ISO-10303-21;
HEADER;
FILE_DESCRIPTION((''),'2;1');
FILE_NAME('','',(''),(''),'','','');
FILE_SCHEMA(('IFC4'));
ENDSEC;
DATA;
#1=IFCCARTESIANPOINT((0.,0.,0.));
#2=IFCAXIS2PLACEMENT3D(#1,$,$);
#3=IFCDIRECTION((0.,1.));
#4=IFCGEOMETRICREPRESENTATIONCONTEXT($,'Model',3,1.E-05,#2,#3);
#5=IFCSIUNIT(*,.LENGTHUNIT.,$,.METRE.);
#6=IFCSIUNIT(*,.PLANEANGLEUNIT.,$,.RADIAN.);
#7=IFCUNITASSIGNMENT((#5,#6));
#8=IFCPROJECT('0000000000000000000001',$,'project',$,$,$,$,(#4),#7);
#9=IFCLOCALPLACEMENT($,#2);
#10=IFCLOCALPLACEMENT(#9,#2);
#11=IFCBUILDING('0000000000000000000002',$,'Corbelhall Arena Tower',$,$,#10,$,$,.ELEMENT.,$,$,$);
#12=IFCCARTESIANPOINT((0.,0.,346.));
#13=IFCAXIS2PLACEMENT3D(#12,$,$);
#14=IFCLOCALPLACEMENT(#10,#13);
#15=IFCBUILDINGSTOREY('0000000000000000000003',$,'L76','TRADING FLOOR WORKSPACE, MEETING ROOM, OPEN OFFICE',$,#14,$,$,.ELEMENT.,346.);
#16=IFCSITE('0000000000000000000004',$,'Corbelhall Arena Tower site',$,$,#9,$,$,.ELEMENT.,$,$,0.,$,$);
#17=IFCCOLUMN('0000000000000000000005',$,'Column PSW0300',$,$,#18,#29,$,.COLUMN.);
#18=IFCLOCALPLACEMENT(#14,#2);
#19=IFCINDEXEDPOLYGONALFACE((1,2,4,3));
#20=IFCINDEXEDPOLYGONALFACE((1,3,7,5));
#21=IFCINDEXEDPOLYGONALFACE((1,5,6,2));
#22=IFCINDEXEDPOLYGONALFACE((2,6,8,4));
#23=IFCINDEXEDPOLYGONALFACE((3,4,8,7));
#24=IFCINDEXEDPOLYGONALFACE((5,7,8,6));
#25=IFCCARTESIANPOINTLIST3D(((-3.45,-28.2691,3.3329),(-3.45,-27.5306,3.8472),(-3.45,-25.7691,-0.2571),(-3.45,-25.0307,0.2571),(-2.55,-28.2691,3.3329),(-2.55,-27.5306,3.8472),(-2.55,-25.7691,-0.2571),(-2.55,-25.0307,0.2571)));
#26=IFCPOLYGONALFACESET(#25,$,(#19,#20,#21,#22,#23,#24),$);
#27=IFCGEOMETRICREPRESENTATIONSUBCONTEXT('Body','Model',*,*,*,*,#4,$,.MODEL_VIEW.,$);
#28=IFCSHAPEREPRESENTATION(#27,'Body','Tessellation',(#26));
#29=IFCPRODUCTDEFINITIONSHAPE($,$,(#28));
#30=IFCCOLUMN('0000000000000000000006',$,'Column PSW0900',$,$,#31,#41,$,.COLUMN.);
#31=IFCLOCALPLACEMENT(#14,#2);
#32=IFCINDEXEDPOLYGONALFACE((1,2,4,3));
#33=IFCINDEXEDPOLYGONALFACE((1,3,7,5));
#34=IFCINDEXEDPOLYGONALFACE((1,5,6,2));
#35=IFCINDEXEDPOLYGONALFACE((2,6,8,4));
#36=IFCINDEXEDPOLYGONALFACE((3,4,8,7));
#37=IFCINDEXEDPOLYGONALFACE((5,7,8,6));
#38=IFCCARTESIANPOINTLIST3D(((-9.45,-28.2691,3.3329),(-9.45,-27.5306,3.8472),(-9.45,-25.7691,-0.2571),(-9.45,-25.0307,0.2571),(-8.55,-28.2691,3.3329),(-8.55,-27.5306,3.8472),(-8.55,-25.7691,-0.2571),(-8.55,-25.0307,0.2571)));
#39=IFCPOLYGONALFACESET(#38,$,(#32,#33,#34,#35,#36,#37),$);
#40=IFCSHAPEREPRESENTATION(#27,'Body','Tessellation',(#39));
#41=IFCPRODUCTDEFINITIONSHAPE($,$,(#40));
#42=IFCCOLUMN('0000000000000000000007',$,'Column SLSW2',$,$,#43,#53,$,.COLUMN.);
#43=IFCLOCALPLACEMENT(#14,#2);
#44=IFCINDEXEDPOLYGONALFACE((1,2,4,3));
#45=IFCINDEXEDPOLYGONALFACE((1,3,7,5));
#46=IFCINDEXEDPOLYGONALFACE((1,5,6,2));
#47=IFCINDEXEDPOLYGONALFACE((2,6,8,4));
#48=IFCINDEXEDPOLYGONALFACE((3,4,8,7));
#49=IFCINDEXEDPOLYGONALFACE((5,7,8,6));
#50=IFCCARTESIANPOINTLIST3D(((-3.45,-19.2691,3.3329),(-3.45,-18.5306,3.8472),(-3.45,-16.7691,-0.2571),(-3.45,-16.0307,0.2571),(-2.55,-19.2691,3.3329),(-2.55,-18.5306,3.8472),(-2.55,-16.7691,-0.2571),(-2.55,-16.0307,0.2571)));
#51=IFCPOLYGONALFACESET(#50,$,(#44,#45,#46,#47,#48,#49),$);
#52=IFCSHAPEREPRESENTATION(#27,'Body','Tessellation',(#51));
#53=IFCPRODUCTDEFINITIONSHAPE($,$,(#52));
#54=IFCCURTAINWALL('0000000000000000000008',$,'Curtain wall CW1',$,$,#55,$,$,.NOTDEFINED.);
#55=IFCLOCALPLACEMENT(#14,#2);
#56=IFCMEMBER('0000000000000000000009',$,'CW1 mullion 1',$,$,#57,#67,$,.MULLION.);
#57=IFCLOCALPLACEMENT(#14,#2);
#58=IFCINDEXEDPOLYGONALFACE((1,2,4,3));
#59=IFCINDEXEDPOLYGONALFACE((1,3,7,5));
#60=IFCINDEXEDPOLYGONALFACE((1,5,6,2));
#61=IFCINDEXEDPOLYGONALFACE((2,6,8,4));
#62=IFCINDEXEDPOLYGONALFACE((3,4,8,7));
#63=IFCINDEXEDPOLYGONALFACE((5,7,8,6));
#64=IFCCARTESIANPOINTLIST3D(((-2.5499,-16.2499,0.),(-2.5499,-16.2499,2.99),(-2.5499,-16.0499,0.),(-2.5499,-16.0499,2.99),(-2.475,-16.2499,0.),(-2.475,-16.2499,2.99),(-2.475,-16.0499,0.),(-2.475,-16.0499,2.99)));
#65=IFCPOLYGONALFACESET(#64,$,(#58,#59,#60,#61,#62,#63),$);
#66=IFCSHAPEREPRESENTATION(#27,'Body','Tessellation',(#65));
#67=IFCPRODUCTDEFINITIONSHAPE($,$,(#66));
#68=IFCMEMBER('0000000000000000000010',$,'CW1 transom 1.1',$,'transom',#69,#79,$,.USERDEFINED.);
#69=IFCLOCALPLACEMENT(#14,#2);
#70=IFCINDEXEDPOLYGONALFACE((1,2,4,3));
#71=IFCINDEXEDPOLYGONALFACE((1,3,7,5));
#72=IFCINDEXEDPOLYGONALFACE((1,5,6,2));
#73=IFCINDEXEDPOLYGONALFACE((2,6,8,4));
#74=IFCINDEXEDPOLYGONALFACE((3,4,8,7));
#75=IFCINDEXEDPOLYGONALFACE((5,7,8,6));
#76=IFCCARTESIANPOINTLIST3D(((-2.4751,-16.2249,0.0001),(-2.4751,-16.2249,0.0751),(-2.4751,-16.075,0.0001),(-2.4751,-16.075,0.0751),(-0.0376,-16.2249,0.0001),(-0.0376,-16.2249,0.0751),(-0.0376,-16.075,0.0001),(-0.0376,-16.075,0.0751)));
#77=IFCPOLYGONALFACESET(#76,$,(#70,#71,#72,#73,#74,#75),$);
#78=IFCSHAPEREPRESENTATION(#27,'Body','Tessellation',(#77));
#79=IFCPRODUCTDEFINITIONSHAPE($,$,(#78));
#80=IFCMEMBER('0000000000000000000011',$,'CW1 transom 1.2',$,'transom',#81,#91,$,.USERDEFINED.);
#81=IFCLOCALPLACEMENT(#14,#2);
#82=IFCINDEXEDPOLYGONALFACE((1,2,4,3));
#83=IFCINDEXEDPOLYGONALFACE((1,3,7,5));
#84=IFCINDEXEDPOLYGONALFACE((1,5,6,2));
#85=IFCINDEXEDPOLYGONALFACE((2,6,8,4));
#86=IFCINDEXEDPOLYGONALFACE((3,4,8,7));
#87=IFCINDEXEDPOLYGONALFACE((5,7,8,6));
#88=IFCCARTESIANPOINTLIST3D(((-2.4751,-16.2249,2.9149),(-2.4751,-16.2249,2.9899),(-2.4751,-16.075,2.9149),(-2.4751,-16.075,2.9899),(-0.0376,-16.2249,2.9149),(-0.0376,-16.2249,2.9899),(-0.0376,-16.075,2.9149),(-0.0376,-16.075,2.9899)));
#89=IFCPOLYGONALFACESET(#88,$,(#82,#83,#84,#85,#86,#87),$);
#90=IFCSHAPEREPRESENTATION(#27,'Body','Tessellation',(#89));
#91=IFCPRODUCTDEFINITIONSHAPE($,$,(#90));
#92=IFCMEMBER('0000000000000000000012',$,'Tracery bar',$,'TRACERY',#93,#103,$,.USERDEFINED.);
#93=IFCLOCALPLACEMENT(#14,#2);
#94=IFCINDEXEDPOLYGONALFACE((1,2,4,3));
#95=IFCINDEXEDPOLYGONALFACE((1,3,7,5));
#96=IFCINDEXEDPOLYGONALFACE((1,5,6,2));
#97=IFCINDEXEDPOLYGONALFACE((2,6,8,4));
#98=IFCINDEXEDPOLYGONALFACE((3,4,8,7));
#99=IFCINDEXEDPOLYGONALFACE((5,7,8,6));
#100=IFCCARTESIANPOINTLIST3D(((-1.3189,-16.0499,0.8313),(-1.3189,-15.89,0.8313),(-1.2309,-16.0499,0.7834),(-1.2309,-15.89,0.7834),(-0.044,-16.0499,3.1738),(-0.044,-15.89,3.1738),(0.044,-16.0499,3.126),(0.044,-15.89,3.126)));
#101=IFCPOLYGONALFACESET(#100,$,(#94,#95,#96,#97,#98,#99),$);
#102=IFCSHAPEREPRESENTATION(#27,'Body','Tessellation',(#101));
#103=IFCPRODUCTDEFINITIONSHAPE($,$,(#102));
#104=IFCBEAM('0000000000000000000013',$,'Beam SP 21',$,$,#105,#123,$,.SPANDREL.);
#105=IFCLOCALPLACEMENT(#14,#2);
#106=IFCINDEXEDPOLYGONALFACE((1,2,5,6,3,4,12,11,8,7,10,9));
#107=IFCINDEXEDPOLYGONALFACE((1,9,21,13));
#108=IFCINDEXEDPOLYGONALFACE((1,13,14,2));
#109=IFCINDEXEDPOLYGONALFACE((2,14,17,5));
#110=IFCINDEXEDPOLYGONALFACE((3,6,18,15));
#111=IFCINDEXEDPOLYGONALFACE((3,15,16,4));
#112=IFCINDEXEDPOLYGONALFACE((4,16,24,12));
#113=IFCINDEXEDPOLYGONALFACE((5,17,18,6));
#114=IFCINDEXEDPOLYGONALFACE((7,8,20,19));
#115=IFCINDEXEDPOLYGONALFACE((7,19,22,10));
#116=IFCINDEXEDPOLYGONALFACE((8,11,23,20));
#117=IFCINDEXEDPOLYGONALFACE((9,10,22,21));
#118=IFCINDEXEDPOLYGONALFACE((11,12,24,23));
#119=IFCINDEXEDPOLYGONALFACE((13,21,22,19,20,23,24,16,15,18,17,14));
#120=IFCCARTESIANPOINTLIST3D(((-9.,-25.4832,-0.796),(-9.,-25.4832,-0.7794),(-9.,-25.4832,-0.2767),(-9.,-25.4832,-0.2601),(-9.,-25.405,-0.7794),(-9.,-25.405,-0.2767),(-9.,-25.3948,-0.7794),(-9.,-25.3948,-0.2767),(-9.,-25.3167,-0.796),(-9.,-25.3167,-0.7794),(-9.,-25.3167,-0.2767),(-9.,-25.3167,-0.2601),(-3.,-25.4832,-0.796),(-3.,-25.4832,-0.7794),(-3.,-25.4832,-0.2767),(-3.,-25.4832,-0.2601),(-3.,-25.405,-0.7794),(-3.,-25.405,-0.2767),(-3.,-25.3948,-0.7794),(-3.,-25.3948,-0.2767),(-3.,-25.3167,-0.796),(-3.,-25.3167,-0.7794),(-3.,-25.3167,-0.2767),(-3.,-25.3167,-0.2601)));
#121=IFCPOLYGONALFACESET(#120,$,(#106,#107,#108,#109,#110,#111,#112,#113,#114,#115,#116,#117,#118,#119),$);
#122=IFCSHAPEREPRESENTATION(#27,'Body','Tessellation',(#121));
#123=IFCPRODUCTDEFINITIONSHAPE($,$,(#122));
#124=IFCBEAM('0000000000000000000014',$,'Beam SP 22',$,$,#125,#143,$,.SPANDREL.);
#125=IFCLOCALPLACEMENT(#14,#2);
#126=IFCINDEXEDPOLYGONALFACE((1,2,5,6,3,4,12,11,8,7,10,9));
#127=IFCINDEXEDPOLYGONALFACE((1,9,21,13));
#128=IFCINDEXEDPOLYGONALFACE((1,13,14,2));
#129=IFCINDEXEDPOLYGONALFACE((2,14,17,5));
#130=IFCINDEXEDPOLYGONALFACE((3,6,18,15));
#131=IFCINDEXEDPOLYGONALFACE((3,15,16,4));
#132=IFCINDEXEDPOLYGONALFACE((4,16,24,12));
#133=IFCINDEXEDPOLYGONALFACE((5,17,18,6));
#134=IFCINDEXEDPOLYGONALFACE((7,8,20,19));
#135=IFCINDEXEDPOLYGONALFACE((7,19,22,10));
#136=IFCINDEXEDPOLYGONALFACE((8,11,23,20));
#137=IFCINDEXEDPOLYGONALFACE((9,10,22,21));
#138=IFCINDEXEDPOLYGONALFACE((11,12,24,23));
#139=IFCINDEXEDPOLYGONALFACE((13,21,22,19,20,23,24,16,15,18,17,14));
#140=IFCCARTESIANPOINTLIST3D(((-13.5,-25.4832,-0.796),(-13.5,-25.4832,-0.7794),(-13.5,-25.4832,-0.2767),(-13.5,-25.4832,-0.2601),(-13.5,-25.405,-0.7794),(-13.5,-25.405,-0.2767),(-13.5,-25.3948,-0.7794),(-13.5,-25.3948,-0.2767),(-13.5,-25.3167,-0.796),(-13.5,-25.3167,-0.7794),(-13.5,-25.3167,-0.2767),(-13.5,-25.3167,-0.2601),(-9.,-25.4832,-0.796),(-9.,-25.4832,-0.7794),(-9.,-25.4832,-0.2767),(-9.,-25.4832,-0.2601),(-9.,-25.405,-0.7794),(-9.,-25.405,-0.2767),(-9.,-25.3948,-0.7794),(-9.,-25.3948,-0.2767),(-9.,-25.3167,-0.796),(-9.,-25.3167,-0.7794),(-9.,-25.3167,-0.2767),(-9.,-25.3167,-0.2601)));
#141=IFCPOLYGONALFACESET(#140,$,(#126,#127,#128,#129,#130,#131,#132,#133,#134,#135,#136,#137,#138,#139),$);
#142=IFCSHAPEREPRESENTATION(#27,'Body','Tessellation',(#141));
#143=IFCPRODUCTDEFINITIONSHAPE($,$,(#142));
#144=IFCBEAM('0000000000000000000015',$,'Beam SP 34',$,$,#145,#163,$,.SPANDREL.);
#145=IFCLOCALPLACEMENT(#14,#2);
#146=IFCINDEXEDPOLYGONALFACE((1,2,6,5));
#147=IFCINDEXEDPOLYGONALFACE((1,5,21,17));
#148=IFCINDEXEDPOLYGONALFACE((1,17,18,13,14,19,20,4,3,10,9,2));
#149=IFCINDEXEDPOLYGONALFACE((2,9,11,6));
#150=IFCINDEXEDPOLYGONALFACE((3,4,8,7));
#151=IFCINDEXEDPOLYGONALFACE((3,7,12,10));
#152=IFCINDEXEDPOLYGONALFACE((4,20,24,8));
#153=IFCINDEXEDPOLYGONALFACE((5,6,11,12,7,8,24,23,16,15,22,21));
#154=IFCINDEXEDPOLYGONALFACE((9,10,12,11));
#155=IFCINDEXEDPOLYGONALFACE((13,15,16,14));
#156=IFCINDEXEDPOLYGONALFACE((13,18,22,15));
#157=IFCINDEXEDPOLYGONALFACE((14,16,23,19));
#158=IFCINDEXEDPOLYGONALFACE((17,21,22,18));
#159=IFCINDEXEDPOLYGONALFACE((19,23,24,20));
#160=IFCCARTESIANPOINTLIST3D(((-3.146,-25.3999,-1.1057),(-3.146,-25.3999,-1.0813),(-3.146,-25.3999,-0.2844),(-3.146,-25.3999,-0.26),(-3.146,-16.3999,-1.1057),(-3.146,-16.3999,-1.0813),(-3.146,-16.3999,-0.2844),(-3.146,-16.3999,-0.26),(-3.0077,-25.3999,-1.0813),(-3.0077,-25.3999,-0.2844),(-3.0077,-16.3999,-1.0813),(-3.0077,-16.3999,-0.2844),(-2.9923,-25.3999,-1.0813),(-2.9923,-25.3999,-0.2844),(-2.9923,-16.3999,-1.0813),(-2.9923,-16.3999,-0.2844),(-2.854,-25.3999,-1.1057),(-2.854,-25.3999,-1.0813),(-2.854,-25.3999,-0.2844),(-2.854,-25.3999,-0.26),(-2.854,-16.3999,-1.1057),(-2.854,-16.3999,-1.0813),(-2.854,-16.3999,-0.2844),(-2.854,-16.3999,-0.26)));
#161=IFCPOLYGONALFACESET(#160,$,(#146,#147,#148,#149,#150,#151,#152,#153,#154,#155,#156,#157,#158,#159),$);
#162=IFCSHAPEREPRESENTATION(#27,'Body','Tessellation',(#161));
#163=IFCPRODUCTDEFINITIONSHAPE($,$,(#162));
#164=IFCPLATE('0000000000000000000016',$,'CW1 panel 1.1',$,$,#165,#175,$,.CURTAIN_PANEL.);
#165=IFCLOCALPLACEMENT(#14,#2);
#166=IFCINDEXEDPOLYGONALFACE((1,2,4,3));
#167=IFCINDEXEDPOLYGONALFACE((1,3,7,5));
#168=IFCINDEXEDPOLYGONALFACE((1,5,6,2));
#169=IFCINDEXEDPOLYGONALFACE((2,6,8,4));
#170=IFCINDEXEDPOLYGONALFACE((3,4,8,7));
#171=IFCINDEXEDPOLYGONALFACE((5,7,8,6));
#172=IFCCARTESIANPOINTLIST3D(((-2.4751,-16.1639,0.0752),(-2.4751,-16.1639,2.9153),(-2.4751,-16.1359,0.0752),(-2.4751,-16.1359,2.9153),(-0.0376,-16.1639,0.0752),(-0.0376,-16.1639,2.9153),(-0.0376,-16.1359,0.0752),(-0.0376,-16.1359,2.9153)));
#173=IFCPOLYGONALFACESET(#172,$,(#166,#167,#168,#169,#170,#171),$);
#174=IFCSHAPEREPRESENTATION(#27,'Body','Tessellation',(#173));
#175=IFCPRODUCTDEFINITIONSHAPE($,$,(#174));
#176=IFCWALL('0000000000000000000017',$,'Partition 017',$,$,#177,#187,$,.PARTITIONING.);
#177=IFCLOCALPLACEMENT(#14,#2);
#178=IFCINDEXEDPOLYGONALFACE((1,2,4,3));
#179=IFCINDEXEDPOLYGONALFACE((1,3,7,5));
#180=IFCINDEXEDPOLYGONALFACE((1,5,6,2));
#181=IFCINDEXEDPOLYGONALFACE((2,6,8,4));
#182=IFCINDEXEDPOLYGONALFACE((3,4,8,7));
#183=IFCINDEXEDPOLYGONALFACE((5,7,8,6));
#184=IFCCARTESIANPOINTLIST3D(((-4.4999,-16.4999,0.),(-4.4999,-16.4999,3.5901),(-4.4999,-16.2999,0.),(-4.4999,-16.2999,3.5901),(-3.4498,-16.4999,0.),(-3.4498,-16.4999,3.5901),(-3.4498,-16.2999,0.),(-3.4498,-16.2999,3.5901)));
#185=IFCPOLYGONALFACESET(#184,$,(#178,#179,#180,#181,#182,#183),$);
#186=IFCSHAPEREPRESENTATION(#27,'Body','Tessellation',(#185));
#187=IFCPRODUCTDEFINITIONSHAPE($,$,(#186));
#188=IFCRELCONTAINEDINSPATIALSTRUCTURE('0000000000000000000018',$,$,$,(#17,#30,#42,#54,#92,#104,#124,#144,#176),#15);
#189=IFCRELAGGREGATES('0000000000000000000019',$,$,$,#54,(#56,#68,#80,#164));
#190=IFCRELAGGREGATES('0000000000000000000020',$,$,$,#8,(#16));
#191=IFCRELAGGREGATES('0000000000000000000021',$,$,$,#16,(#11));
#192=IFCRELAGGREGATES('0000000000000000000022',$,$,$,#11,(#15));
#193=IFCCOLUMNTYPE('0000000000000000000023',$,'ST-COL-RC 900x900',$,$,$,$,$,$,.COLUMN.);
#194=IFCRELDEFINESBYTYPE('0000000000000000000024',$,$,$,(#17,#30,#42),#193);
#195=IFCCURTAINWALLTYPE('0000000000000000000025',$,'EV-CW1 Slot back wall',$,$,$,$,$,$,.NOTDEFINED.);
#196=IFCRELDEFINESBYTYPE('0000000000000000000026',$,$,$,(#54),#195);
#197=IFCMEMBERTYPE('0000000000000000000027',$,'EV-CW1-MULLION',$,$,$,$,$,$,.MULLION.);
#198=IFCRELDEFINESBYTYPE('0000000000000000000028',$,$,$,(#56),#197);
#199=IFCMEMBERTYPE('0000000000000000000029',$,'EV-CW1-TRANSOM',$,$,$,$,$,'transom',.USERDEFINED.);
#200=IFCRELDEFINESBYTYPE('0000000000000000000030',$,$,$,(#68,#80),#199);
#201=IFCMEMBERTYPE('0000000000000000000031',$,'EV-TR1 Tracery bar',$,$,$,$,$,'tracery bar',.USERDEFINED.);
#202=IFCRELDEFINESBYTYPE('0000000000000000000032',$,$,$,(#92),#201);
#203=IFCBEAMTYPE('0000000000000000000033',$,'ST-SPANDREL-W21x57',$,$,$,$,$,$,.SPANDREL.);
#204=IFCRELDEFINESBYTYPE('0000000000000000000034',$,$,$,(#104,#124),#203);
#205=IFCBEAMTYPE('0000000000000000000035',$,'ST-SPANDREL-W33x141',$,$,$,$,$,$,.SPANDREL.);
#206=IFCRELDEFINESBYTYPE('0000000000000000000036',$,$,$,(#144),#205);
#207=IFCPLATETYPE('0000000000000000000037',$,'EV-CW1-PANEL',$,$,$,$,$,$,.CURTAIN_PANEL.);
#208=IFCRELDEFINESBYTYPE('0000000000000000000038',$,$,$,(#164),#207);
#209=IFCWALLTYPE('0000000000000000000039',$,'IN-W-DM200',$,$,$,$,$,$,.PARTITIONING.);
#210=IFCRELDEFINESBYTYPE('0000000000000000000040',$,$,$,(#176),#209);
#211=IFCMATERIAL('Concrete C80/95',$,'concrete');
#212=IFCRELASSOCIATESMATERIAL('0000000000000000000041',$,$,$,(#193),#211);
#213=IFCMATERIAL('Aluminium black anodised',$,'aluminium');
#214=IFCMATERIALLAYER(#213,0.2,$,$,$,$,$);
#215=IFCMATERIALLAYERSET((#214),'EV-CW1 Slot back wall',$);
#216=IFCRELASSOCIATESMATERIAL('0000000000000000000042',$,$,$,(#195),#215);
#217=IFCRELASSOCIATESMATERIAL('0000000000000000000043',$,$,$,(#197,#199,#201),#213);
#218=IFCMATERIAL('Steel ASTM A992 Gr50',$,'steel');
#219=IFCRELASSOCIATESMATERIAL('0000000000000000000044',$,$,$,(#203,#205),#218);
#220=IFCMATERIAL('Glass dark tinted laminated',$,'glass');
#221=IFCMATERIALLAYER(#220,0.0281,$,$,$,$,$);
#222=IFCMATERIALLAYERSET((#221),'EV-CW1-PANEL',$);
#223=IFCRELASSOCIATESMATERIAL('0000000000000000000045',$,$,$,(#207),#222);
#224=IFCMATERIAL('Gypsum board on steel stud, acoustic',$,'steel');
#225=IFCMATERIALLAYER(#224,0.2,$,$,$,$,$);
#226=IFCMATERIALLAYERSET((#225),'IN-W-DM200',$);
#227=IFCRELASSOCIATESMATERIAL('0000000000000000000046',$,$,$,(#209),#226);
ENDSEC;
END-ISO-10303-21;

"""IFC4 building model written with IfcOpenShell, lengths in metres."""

from ifc_helpers import new_model, si_unit, direction, frame, frame_2d, origin, origin_2d, place, context, subcontext, project, spatial, rectangle, i_section, extrude, material, layer, layer_set, material_profile, profile_set, type_object, element, aggregate, save


model = new_model("IFC4")

# Units and contexts
model_context = context("Model", 3, precision=1e-05, world=origin(), true_north=direction((0.0, 1.0)))
body_context = subcontext(model_context, "Body", "Model", "MODEL_VIEW")
ifc_project = project(units=[si_unit("LENGTHUNIT", "METRE"), si_unit("PLANEANGLEUNIT", "RADIAN")], contexts=[model_context])

# Site, building, storey
site_placement = place(None, origin())
site = spatial("IfcSite", under=ifc_project, at=site_placement, Name="Corbelhall Arena Tower site", CompositionType="ELEMENT", RefElevation=0.0)
building_placement = place(site_placement, origin())
building = spatial("IfcBuilding", under=site, at=building_placement, Name="Corbelhall Arena Tower", CompositionType="ELEMENT")
storey_placement = place(building_placement, frame((0.0, 0.0, 346.0)))
storey = spatial("IfcBuildingStorey", under=building, at=storey_placement, Name="L76", Description="TRADING FLOOR WORKSPACE, MEETING ROOM, OPEN OFFICE", CompositionType="ELEMENT", Elevation=346.0)

# Columns
ifc_material_1 = material(Name="Concrete C80/95", Category="concrete")
ifc_material_profile_1 = material_profile(ifc_material_1, rectangle(XDim=0.8999, YDim=0.8999, at=origin_2d()))
ifc_profile_set_1 = profile_set([ifc_material_profile_1], Name="Concrete C80/95")
column_type = type_object("IfcColumnType", Name="ST-COL-RC 900x900", PredefinedType="COLUMN", material=ifc_profile_set_1)
for number, where, z_axis, x_axis, name in (
    (1, (-3.0, -25.3999, 0.0), (0.0, -0.571457, 0.820632), (1.0, 0.0, 0.0), "Column PSW0300"),
    (2, (-9.0, -25.3999, 0.0), (0.0, -0.571457, 0.820632), (1.0, 0.0, 0.0), "Column PSW0900"),
    (3, (-3.0, -16.3999, 0.0), (0.0, -0.571457, 0.820632), (1.0, 0.0, 0.0), "Column SLSW2"),
):
    element("IfcColumn", number, at=place(storey_placement, frame(where, z_axis=z_axis, x_axis=x_axis)), inside=storey, type_object=column_type, Name=name, PredefinedType="COLUMN", context=body_context, shape_type="SweptSolid", body=[
        extrude(rectangle(XDim=0.8999, YDim=0.8999, at=origin_2d()), origin(), (0.0, 0.0, 1.0), 4.3748),
    ])

# Curtain wall, members
ifc_material_2 = material(Name="Aluminium black anodised", Category="aluminium")
ifc_layer_1 = layer(ifc_material_2, 0.2)
ifc_layer_set_1 = layer_set([ifc_layer_1], Name="EV-CW1 Slot back wall")
curtain_wall_type = type_object("IfcCurtainWallType", Name="EV-CW1 Slot back wall", PredefinedType="NOTDEFINED", material=ifc_layer_set_1)
curtain_wall_placement = place(storey_placement, origin())
curtain_wall = element("IfcCurtainWall", 4, at=curtain_wall_placement, inside=storey, type_object=curtain_wall_type, Name="Curtain wall CW1", PredefinedType="NOTDEFINED")
ifc_material_profile_2 = material_profile(ifc_material_2, rectangle(XDim=0.2, YDim=0.075, at=origin_2d()))
ifc_profile_set_2 = profile_set([ifc_material_profile_2], Name="Aluminium black anodised")
member_type_1 = type_object("IfcMemberType", Name="EV-CW1-MULLION", PredefinedType="MULLION", material=ifc_profile_set_2)
member_1_placement = place(storey_placement, frame((-2.5125, -16.1499, 0.0), z_axis=(0.0, 0.0, 1.0), x_axis=(0.0, 1.0, 0.0)))
member_1 = element("IfcMember", 5, at=member_1_placement, type_object=member_type_1, Name="CW1 mullion 1", PredefinedType="MULLION", context=body_context, shape_type="SweptSolid", body=[
    extrude(rectangle(XDim=0.2, YDim=0.075, at=origin_2d()), origin(), (0.0, 0.0, 1.0), 2.99),
])
ifc_material_profile_3 = material_profile(ifc_material_2, rectangle(XDim=0.1499, YDim=0.075, at=origin_2d()))
ifc_profile_set_3 = profile_set([ifc_material_profile_3], Name="Aluminium black anodised")
member_type_2 = type_object("IfcMemberType", Name="EV-CW1-TRANSOM", ElementType="transom", PredefinedType="USERDEFINED", material=ifc_profile_set_3)
member_2_placement = place(storey_placement, frame((-2.4751, -16.1499, 0.0376), z_axis=(1.0, 0.0, 0.0), x_axis=(0.0, 1.0, 0.0)))
member_2 = element("IfcMember", 6, at=member_2_placement, type_object=member_type_2, Name="CW1 transom 1.1", ObjectType="transom", PredefinedType="USERDEFINED", context=body_context, shape_type="SweptSolid", body=[
    extrude(rectangle(XDim=0.1499, YDim=0.075, at=origin_2d()), origin(), (0.0, 0.0, 1.0), 2.4375),
])
member_3_placement = place(storey_placement, frame((-2.4751, -16.1499, 2.9524), z_axis=(1.0, 0.0, 0.0), x_axis=(0.0, 1.0, 0.0)))
member_3 = element("IfcMember", 7, at=member_3_placement, type_object=member_type_2, Name="CW1 transom 1.2", ObjectType="transom", PredefinedType="USERDEFINED", context=body_context, shape_type="SweptSolid", body=[
    extrude(rectangle(XDim=0.1499, YDim=0.075, at=origin_2d()), origin(), (0.0, 0.0, 1.0), 2.4375),
])

# Member
ifc_material_profile_4 = material_profile(ifc_material_2, rectangle(XDim=0.1599, YDim=0.1001, at=origin_2d()))
ifc_profile_set_4 = profile_set([ifc_material_profile_4], Name="Aluminium black anodised")
member_type_3 = type_object("IfcMemberType", Name="EV-TR1 Tracery bar", ElementType="tracery bar", PredefinedType="USERDEFINED", material=ifc_profile_set_4)
member_4_placement = place(storey_placement, frame((-1.2749, -15.97, 0.8074), z_axis=(0.478031, 0.0, 0.878343), x_axis=(0.0, 1.0, 0.0)))
element("IfcMember", 8, at=member_4_placement, inside=storey, type_object=member_type_3, Name="Tracery bar", ObjectType="TRACERY", PredefinedType="USERDEFINED", context=body_context, shape_type="SweptSolid", body=[
    extrude(rectangle(XDim=0.1599, YDim=0.1001, at=origin_2d()), origin(), (0.0, 0.0, 1.0), 2.667),
])

# Beams
ifc_material_3 = material(Name="Steel ASTM A992 Gr50", Category="steel")
ifc_material_profile_5 = material_profile(ifc_material_3, i_section(OverallWidth=0.1665, OverallDepth=0.5359, WebThickness=0.0103, FlangeThickness=0.0166, at=origin_2d()))
ifc_profile_set_5 = profile_set([ifc_material_profile_5], Name="Steel ASTM A992 Gr50")
beam_type_1 = type_object("IfcBeamType", Name="ST-SPANDREL-W21x57", PredefinedType="SPANDREL", material=ifc_profile_set_5)
beam_1_placement = place(storey_placement, frame((-3.0, -25.3999, -0.5281), z_axis=(-1.0, 0.0, 0.0), x_axis=(0.0, -1.0, 0.0)))
element("IfcBeam", 9, at=beam_1_placement, inside=storey, type_object=beam_type_1, Name="Beam SP 21", PredefinedType="SPANDREL", context=body_context, shape_type="SweptSolid", body=[
    extrude(i_section(OverallWidth=0.1665, OverallDepth=0.5359, WebThickness=0.0103, FlangeThickness=0.0166, at=origin_2d()), origin(), (0.0, 0.0, 1.0), 6.0),
])
beam_2_placement = place(storey_placement, frame((-9.0, -25.3999, -0.5281), z_axis=(-1.0, 0.0, 0.0), x_axis=(0.0, -1.0, 0.0)))
element("IfcBeam", 10, at=beam_2_placement, inside=storey, type_object=beam_type_1, Name="Beam SP 22", PredefinedType="SPANDREL", context=body_context, shape_type="SweptSolid", body=[
    extrude(i_section(OverallWidth=0.1665, OverallDepth=0.5359, WebThickness=0.0103, FlangeThickness=0.0166, at=origin_2d()), origin(), (0.0, 0.0, 1.0), 4.5),
])
ifc_material_profile_6 = material_profile(ifc_material_3, i_section(OverallWidth=0.292, OverallDepth=0.8457, WebThickness=0.0154, FlangeThickness=0.0244, at=origin_2d()))
ifc_profile_set_6 = profile_set([ifc_material_profile_6], Name="Steel ASTM A992 Gr50")
beam_type_2 = type_object("IfcBeamType", Name="ST-SPANDREL-W33x141", PredefinedType="SPANDREL", material=ifc_profile_set_6)
beam_3_placement = place(storey_placement, frame((-3.0, -16.3999, -0.6829), z_axis=(0.0, -1.0, 0.0), x_axis=(1.0, 0.0, 0.0)))
element("IfcBeam", 11, at=beam_3_placement, inside=storey, type_object=beam_type_2, Name="Beam SP 34", PredefinedType="SPANDREL", context=body_context, shape_type="SweptSolid", body=[
    extrude(i_section(OverallWidth=0.292, OverallDepth=0.8457, WebThickness=0.0154, FlangeThickness=0.0244, at=origin_2d()), origin(), (0.0, 0.0, 1.0), 9.0),
])

# Plate
ifc_material_4 = material(Name="Glass dark tinted laminated", Category="glass")
ifc_layer_2 = layer(ifc_material_4, 0.0281)
ifc_layer_set_2 = layer_set([ifc_layer_2], Name="EV-CW1-PANEL")
plate_type = type_object("IfcPlateType", Name="EV-CW1-PANEL", PredefinedType="CURTAIN_PANEL", material=ifc_layer_set_2)
plate_placement = place(storey_placement, frame((-1.2563, -16.1499, 0.0752), z_axis=(0.0, 0.0, 1.0), x_axis=(1.0, 0.0, 0.0)))
plate = element("IfcPlate", 12, at=plate_placement, type_object=plate_type, Name="CW1 panel 1.1", PredefinedType="CURTAIN_PANEL", context=body_context, shape_type="SweptSolid", body=[
    extrude(rectangle(XDim=2.4375, YDim=0.0281, at=origin_2d()), origin(), (0.0, 0.0, 1.0), 2.8401),
])
aggregate(curtain_wall, [member_1, member_2, member_3, plate])

# Shared definitions
ifc_material_5 = material(Name="Gypsum board on steel stud, acoustic", Category="steel")
ifc_layer_3 = layer(ifc_material_5, 0.2)
ifc_layer_set_3 = layer_set([ifc_layer_3], Name="IN-W-DM200")
wall_type_1 = type_object("IfcWallType", Name="IN-W-DM200", PredefinedType="PARTITIONING", material=ifc_layer_set_3)

# Wall
wall_1_placement = place(storey_placement, frame((-3.45, -16.3999, 0.0), z_axis=(0.0, 0.0, 1.0), x_axis=(-1.0, 0.0, 0.0)))
element("IfcWall", 13, at=wall_1_placement, inside=storey, type_object=wall_type_1, Name="Partition 017", PredefinedType="PARTITIONING", context=body_context, shape_type="SweptSolid", body=[
    extrude(rectangle(XDim=1.05, YDim=0.2, at=frame_2d((0.5249, 0.0))), origin(), (0.0, 0.0, 1.0), 3.5901),
])

save(model, "model.ifc")
